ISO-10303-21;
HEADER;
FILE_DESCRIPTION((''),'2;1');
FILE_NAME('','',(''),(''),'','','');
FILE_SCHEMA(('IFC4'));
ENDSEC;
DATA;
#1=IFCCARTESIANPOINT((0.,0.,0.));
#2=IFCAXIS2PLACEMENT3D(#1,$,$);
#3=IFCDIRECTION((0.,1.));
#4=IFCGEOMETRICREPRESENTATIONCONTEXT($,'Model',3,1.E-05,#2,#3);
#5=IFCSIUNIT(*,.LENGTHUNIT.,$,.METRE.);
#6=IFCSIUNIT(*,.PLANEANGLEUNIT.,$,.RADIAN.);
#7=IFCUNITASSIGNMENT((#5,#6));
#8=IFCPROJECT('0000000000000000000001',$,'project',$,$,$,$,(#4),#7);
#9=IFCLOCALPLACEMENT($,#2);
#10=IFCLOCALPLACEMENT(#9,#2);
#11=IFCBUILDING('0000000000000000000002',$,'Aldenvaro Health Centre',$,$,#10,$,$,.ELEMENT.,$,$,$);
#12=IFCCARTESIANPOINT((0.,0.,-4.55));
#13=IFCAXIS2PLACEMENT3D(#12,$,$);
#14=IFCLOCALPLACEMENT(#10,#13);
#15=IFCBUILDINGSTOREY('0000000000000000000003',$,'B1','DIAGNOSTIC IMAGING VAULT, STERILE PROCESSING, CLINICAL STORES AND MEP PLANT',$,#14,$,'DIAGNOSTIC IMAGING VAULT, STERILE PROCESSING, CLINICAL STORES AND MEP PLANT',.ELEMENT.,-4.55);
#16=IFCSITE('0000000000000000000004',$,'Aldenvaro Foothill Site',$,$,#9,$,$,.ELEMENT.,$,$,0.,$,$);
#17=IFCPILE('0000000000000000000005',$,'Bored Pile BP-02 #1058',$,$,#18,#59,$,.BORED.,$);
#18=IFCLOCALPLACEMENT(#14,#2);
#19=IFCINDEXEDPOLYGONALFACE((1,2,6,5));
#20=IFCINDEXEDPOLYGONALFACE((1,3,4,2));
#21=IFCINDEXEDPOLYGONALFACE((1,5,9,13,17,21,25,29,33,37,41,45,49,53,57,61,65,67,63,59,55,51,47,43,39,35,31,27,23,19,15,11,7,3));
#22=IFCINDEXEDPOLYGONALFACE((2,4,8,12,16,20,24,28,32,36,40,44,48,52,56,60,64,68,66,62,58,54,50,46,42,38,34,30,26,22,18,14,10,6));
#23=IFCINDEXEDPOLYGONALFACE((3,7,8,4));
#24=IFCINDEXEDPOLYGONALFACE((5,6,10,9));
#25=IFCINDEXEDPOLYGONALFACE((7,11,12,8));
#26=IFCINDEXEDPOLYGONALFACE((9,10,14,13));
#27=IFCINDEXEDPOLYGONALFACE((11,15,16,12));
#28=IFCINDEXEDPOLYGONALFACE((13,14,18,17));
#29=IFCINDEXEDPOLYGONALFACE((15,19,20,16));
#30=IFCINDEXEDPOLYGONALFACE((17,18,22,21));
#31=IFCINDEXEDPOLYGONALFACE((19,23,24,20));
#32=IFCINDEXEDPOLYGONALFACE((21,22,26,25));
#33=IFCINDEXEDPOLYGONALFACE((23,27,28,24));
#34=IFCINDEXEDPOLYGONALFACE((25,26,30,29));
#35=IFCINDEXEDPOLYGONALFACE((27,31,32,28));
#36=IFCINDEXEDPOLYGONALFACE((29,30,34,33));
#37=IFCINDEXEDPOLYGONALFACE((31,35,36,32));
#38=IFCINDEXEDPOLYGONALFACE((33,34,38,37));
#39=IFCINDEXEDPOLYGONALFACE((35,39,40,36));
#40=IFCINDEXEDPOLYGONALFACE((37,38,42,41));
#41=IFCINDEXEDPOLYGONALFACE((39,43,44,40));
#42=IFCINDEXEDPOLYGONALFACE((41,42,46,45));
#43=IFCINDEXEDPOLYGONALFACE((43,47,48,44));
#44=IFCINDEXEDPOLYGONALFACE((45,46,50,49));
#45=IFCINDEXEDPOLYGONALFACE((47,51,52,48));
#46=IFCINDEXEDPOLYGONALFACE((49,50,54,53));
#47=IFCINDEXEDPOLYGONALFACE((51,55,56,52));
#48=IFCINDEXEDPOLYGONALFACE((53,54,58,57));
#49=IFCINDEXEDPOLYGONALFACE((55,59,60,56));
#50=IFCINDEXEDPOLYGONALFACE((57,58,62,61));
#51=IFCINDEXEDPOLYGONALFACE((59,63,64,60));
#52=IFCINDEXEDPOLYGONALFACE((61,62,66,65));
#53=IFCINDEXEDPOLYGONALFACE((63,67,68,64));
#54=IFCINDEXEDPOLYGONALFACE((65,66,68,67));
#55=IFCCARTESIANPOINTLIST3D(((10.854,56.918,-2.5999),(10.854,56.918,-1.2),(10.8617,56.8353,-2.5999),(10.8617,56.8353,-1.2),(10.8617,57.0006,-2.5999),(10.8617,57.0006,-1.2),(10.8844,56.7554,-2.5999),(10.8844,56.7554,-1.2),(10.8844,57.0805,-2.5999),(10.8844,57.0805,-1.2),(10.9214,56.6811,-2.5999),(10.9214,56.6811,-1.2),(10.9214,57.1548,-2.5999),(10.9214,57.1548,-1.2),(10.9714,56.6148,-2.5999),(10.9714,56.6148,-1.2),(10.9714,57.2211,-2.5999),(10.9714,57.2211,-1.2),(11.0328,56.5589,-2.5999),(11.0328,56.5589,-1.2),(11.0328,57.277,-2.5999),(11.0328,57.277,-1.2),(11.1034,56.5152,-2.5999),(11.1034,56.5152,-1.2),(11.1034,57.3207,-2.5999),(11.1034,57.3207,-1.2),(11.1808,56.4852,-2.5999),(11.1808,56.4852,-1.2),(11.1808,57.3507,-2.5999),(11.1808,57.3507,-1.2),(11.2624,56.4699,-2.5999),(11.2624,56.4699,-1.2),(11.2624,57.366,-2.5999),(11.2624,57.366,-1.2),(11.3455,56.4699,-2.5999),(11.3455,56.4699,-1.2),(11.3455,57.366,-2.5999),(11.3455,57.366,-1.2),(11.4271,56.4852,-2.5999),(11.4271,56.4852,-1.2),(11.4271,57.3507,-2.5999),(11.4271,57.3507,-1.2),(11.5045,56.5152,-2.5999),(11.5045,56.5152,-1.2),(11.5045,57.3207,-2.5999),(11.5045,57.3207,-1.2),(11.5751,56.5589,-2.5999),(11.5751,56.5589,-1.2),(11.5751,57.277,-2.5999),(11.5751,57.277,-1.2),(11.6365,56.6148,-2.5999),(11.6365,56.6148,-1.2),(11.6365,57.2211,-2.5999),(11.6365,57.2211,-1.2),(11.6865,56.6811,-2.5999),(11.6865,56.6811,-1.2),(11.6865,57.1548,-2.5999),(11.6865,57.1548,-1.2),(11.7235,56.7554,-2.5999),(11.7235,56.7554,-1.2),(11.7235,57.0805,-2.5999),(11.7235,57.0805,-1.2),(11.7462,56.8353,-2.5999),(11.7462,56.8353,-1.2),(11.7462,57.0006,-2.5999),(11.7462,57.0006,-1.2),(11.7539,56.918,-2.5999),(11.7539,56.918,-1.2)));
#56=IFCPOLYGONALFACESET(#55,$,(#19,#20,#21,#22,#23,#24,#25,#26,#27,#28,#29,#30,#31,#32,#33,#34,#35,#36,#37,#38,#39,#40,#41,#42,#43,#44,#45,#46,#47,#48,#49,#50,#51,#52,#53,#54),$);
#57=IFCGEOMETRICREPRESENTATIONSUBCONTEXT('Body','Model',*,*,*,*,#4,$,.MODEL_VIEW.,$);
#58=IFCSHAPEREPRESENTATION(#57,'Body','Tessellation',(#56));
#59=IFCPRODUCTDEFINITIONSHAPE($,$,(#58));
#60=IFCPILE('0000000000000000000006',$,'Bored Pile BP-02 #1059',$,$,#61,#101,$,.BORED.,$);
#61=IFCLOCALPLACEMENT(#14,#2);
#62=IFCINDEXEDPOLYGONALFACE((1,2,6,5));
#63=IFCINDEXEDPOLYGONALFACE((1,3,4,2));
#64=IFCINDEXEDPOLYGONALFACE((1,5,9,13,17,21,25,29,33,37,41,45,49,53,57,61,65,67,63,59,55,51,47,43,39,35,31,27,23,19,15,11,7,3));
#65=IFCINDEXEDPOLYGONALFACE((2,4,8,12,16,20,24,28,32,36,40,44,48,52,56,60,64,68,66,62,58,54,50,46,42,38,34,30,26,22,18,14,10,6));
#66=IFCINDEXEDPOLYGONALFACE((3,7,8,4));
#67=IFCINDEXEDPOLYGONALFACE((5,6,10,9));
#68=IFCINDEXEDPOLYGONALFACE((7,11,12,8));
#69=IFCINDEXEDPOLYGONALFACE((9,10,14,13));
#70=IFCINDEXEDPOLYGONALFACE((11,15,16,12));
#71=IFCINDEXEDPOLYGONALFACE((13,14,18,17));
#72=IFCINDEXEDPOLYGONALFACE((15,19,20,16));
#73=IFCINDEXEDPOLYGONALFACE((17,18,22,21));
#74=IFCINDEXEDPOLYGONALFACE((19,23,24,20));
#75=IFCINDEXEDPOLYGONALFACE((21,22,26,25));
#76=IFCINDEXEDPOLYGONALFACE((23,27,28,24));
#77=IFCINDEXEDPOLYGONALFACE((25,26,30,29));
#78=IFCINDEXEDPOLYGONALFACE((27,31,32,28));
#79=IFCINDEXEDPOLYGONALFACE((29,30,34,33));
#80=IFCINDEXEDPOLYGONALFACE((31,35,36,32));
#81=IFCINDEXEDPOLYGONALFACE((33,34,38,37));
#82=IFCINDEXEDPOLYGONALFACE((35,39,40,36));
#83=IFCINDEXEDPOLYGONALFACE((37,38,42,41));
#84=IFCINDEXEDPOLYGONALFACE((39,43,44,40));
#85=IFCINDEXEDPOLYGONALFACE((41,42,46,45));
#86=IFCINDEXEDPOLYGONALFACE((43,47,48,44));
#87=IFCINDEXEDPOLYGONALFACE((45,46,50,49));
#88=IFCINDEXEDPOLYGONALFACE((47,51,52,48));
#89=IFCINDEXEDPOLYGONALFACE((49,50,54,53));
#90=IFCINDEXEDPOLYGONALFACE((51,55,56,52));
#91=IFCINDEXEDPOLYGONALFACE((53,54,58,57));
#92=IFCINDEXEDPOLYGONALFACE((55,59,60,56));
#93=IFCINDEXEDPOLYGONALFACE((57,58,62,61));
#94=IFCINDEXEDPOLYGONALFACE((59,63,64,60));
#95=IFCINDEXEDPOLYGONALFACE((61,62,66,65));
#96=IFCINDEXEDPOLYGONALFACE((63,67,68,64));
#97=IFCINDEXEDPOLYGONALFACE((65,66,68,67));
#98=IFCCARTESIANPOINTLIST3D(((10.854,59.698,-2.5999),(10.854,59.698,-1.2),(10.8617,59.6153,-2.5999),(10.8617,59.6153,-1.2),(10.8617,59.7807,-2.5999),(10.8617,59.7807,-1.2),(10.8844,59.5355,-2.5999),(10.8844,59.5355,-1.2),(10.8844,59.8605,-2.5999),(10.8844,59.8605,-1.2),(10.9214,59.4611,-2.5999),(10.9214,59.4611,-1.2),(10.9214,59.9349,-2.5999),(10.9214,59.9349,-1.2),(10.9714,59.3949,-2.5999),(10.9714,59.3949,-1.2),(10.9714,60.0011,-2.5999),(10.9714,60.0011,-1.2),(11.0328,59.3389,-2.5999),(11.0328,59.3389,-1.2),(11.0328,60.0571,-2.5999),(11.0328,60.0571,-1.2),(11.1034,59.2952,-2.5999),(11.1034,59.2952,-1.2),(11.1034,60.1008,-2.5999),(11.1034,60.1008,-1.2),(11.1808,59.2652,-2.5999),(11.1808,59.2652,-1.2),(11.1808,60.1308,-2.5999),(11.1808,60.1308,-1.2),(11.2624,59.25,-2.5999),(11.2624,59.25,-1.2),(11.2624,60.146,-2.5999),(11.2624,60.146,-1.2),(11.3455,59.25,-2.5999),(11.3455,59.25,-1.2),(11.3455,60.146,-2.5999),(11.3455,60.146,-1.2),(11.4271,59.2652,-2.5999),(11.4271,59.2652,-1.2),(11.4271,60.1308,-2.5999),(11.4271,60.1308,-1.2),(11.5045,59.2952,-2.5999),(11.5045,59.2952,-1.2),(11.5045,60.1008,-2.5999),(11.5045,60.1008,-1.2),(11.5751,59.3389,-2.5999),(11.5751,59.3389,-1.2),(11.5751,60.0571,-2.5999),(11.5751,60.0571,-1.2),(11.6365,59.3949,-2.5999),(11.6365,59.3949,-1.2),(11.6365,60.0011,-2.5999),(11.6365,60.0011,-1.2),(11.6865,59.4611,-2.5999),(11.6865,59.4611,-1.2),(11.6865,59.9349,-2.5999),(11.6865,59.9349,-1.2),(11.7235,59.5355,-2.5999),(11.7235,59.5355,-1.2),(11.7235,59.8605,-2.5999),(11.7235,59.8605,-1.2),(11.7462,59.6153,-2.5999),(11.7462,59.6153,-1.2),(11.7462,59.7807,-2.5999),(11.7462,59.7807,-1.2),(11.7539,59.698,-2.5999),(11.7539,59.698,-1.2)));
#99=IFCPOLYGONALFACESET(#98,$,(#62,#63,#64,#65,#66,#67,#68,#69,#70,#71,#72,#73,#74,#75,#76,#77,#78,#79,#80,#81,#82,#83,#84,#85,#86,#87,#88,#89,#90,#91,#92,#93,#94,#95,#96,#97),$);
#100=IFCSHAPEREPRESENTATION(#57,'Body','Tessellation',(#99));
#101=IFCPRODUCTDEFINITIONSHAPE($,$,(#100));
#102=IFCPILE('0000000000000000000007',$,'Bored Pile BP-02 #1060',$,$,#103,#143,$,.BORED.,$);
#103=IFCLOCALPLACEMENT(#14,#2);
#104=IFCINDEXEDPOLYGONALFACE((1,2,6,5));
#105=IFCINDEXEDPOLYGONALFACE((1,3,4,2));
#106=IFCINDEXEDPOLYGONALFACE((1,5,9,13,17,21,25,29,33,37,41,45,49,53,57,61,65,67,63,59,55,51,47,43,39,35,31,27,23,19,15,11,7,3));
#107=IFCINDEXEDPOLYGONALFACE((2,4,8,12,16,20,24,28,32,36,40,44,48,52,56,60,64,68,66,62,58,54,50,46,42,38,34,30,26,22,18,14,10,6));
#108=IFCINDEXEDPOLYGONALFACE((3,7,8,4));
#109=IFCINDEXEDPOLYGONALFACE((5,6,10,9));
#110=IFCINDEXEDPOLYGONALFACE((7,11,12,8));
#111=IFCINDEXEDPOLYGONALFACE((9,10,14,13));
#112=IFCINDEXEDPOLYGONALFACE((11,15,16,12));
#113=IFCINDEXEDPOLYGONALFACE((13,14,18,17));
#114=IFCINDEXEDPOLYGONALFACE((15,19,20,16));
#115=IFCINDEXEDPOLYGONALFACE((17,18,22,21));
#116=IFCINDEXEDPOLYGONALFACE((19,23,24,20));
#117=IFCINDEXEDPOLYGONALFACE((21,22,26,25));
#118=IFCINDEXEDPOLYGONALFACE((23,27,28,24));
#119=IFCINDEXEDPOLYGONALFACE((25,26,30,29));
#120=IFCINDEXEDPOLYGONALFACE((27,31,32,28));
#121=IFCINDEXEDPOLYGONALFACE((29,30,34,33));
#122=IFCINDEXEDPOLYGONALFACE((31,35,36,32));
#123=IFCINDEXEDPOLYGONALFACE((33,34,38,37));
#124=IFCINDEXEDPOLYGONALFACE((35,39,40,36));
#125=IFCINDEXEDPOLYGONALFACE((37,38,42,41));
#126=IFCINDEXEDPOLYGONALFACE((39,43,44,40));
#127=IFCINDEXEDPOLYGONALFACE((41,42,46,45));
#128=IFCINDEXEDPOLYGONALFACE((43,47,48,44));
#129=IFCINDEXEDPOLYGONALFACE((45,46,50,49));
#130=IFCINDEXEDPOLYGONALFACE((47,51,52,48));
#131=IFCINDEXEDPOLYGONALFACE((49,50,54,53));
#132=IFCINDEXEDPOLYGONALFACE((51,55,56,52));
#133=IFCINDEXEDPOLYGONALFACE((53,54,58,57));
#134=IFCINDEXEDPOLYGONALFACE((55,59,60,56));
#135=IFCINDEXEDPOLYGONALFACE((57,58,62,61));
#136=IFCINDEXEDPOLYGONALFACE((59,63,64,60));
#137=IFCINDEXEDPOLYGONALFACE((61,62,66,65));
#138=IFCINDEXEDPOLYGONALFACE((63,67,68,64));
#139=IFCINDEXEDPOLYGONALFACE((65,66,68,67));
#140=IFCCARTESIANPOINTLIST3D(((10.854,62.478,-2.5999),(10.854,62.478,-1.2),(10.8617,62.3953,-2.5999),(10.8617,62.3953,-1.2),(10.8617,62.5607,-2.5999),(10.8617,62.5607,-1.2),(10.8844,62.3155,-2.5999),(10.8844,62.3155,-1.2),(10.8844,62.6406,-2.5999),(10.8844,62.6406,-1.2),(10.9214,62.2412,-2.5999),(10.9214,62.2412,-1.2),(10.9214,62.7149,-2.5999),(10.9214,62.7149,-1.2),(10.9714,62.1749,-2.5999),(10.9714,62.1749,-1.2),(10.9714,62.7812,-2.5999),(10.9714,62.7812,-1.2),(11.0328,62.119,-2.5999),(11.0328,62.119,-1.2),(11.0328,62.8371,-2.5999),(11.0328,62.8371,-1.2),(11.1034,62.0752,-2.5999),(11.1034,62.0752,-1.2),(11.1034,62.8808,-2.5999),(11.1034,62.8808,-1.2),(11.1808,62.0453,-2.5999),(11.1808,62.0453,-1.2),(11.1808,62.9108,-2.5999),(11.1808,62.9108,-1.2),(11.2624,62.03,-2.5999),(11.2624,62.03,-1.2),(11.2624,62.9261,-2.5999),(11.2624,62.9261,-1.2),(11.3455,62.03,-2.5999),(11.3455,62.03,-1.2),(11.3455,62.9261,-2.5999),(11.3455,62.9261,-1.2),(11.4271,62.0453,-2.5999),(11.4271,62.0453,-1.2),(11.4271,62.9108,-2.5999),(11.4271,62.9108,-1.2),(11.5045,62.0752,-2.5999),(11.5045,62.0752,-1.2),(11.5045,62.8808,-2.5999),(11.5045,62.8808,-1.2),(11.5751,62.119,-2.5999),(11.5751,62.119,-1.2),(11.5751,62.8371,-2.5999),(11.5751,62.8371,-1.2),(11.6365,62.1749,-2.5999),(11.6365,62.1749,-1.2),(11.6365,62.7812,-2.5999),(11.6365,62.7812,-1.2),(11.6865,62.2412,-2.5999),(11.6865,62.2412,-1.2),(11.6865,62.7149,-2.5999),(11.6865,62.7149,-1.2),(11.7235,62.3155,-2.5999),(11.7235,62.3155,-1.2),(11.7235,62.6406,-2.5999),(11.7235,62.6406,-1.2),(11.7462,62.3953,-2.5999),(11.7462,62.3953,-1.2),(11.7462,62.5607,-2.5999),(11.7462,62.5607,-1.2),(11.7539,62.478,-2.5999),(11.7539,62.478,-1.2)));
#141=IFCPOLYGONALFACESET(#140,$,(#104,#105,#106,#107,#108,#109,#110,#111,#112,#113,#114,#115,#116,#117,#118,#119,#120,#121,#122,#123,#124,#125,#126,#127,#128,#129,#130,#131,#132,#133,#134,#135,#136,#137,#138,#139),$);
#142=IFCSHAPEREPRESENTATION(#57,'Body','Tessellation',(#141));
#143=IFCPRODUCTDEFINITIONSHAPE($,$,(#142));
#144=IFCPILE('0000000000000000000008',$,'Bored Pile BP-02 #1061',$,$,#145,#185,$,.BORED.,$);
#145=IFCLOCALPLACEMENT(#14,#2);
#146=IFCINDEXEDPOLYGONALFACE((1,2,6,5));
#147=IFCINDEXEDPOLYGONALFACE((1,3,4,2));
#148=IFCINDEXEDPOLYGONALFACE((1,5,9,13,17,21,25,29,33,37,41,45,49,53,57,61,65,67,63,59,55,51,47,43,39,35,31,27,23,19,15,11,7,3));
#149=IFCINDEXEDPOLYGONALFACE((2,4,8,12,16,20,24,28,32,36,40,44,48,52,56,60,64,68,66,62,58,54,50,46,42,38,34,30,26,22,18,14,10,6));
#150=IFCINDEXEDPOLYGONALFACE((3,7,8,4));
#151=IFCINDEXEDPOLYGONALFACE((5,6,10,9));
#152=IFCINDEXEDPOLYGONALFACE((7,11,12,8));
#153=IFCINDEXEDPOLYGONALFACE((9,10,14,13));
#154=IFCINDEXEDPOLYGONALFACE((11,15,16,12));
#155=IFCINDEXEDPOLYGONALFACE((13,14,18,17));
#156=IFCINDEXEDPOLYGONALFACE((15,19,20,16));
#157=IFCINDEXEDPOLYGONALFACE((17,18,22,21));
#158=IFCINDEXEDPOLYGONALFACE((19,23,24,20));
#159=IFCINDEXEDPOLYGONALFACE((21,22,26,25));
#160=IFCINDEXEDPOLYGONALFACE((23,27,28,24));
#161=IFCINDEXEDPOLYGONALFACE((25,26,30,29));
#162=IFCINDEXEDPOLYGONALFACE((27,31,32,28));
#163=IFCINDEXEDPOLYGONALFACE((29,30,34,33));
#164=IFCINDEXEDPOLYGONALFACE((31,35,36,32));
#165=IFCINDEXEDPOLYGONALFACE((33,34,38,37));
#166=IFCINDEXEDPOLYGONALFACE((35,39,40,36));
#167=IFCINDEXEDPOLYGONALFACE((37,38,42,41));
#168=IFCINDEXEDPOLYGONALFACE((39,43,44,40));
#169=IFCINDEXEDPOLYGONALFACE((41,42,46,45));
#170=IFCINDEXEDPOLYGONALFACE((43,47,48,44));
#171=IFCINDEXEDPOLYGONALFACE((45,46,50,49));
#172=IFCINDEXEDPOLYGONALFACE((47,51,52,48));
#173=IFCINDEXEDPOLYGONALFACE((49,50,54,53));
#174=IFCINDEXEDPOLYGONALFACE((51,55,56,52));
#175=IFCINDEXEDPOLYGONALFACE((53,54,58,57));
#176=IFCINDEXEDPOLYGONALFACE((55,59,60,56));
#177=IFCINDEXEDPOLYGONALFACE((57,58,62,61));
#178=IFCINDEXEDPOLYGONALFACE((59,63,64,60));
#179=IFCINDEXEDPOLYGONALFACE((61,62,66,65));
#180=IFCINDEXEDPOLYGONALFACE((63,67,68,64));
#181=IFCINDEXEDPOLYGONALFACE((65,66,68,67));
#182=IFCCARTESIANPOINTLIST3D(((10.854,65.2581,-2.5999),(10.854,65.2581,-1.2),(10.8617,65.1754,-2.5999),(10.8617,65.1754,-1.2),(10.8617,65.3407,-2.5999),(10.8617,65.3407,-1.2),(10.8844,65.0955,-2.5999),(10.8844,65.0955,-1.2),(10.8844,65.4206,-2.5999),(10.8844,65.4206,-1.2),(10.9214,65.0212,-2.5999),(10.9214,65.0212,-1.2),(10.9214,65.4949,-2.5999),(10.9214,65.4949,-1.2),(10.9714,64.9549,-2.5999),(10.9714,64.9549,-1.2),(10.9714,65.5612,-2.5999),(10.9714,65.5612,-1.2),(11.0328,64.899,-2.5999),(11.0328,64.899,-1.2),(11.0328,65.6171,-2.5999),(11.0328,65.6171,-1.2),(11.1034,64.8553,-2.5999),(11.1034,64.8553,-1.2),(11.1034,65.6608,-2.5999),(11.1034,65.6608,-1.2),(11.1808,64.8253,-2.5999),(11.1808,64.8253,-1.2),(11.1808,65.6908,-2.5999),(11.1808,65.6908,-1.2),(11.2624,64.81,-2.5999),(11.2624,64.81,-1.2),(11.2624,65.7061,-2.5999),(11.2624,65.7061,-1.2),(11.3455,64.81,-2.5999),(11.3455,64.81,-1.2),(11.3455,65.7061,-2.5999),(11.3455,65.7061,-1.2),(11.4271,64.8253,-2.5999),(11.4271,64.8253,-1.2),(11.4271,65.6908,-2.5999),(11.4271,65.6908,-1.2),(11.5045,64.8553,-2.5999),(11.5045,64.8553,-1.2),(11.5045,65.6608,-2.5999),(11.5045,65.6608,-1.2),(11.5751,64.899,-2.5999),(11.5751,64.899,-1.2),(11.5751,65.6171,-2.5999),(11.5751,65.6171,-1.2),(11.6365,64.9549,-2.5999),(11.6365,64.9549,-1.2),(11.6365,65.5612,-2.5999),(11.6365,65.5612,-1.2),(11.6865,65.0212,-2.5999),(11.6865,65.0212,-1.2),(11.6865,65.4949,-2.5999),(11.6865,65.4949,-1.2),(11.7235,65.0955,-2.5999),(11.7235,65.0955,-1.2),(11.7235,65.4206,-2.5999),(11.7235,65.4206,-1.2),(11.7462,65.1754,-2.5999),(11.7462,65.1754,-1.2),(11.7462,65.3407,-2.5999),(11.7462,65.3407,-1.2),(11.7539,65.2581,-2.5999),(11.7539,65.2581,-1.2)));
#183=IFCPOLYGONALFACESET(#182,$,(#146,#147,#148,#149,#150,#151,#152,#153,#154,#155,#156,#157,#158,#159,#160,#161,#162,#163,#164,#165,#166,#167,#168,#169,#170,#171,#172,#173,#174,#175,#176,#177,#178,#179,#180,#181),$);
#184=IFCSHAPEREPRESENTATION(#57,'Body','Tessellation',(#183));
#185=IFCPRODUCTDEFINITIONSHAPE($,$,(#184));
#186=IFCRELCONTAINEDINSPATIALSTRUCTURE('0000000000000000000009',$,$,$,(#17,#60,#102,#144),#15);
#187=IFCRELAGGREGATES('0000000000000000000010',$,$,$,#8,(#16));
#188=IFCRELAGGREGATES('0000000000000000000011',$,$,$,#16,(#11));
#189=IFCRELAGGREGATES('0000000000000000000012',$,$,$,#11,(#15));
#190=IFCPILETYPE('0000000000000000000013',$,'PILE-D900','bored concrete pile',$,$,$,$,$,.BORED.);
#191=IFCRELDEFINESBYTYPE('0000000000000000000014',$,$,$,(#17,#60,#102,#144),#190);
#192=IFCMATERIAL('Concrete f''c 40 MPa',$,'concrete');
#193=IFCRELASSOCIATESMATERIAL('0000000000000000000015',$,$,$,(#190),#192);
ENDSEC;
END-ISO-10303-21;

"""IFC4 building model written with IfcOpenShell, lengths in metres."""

from ifc_helpers import new_model, si_unit, direction, frame, origin, origin_2d, place, context, subcontext, project, spatial, circle, extrude, material, material_profile, profile_set, type_object, element, save


model = new_model("IFC4")

# Units and contexts
model_context = context("Model", 3, precision=1e-05, world=origin(), true_north=direction((0.0, 1.0)))
body_context = subcontext(model_context, "Body", "Model", "MODEL_VIEW")
ifc_project = project(units=[si_unit("LENGTHUNIT", "METRE"), si_unit("PLANEANGLEUNIT", "RADIAN")], contexts=[model_context])

# Site, building, storey
site_placement = place(None, origin())
site = spatial("IfcSite", under=ifc_project, at=site_placement, Name="Aldenvaro Foothill Site", CompositionType="ELEMENT", RefElevation=0.0)
building_placement = place(site_placement, origin())
building = spatial("IfcBuilding", under=site, at=building_placement, Name="Aldenvaro Health Centre", CompositionType="ELEMENT")
storey_placement = place(building_placement, frame((0.0, 0.0, -4.55)))
storey = spatial("IfcBuildingStorey", under=building, at=storey_placement, Name="B1", Description="DIAGNOSTIC IMAGING VAULT, STERILE PROCESSING, CLINICAL STORES AND MEP PLANT", LongName="DIAGNOSTIC IMAGING VAULT, STERILE PROCESSING, CLINICAL STORES AND MEP PLANT", CompositionType="ELEMENT", Elevation=-4.55)

# Piles
ifc_material_1 = material(Name="Concrete f'c 40 MPa", Category="concrete")
ifc_material_profile_1 = material_profile(ifc_material_1, circle(Radius=0.45, at=origin_2d()), Name="PILE D900", Category="concrete")
ifc_profile_set_1 = profile_set([ifc_material_profile_1], Name="Concrete f'c 40 MPa")
pile_type_1 = type_object("IfcPileType", Name="PILE-D900", Description="bored concrete pile", PredefinedType="BORED", material=ifc_profile_set_1)
for number, where, z_axis, x_axis, name in (
    (1, (11.304, 56.918, -1.2), (0.0, 0.0, -1.0), (1.0, 0.0, 0.0), "Bored Pile BP-02 #1058"),
    (2, (11.304, 59.698, -1.2), (0.0, 0.0, -1.0), (1.0, 0.0, 0.0), "Bored Pile BP-02 #1059"),
    (3, (11.304, 62.478, -1.2), (0.0, 0.0, -1.0), (1.0, 0.0, 0.0), "Bored Pile BP-02 #1060"),
    (4, (11.304, 65.2581, -1.2), (0.0, 0.0, -1.0), (1.0, 0.0, 0.0), "Bored Pile BP-02 #1061"),
):
    element("IfcPile", number, at=place(storey_placement, frame(where, z_axis=z_axis, x_axis=x_axis)), inside=storey, type_object=pile_type_1, Name=name, PredefinedType="BORED", context=body_context, shape_type="SweptSolid", body=[
        extrude(circle(Radius=0.45, at=origin_2d()), origin(), (0.0, 0.0, 1.0), 1.3999),
    ])

save(model, "model.ifc")
